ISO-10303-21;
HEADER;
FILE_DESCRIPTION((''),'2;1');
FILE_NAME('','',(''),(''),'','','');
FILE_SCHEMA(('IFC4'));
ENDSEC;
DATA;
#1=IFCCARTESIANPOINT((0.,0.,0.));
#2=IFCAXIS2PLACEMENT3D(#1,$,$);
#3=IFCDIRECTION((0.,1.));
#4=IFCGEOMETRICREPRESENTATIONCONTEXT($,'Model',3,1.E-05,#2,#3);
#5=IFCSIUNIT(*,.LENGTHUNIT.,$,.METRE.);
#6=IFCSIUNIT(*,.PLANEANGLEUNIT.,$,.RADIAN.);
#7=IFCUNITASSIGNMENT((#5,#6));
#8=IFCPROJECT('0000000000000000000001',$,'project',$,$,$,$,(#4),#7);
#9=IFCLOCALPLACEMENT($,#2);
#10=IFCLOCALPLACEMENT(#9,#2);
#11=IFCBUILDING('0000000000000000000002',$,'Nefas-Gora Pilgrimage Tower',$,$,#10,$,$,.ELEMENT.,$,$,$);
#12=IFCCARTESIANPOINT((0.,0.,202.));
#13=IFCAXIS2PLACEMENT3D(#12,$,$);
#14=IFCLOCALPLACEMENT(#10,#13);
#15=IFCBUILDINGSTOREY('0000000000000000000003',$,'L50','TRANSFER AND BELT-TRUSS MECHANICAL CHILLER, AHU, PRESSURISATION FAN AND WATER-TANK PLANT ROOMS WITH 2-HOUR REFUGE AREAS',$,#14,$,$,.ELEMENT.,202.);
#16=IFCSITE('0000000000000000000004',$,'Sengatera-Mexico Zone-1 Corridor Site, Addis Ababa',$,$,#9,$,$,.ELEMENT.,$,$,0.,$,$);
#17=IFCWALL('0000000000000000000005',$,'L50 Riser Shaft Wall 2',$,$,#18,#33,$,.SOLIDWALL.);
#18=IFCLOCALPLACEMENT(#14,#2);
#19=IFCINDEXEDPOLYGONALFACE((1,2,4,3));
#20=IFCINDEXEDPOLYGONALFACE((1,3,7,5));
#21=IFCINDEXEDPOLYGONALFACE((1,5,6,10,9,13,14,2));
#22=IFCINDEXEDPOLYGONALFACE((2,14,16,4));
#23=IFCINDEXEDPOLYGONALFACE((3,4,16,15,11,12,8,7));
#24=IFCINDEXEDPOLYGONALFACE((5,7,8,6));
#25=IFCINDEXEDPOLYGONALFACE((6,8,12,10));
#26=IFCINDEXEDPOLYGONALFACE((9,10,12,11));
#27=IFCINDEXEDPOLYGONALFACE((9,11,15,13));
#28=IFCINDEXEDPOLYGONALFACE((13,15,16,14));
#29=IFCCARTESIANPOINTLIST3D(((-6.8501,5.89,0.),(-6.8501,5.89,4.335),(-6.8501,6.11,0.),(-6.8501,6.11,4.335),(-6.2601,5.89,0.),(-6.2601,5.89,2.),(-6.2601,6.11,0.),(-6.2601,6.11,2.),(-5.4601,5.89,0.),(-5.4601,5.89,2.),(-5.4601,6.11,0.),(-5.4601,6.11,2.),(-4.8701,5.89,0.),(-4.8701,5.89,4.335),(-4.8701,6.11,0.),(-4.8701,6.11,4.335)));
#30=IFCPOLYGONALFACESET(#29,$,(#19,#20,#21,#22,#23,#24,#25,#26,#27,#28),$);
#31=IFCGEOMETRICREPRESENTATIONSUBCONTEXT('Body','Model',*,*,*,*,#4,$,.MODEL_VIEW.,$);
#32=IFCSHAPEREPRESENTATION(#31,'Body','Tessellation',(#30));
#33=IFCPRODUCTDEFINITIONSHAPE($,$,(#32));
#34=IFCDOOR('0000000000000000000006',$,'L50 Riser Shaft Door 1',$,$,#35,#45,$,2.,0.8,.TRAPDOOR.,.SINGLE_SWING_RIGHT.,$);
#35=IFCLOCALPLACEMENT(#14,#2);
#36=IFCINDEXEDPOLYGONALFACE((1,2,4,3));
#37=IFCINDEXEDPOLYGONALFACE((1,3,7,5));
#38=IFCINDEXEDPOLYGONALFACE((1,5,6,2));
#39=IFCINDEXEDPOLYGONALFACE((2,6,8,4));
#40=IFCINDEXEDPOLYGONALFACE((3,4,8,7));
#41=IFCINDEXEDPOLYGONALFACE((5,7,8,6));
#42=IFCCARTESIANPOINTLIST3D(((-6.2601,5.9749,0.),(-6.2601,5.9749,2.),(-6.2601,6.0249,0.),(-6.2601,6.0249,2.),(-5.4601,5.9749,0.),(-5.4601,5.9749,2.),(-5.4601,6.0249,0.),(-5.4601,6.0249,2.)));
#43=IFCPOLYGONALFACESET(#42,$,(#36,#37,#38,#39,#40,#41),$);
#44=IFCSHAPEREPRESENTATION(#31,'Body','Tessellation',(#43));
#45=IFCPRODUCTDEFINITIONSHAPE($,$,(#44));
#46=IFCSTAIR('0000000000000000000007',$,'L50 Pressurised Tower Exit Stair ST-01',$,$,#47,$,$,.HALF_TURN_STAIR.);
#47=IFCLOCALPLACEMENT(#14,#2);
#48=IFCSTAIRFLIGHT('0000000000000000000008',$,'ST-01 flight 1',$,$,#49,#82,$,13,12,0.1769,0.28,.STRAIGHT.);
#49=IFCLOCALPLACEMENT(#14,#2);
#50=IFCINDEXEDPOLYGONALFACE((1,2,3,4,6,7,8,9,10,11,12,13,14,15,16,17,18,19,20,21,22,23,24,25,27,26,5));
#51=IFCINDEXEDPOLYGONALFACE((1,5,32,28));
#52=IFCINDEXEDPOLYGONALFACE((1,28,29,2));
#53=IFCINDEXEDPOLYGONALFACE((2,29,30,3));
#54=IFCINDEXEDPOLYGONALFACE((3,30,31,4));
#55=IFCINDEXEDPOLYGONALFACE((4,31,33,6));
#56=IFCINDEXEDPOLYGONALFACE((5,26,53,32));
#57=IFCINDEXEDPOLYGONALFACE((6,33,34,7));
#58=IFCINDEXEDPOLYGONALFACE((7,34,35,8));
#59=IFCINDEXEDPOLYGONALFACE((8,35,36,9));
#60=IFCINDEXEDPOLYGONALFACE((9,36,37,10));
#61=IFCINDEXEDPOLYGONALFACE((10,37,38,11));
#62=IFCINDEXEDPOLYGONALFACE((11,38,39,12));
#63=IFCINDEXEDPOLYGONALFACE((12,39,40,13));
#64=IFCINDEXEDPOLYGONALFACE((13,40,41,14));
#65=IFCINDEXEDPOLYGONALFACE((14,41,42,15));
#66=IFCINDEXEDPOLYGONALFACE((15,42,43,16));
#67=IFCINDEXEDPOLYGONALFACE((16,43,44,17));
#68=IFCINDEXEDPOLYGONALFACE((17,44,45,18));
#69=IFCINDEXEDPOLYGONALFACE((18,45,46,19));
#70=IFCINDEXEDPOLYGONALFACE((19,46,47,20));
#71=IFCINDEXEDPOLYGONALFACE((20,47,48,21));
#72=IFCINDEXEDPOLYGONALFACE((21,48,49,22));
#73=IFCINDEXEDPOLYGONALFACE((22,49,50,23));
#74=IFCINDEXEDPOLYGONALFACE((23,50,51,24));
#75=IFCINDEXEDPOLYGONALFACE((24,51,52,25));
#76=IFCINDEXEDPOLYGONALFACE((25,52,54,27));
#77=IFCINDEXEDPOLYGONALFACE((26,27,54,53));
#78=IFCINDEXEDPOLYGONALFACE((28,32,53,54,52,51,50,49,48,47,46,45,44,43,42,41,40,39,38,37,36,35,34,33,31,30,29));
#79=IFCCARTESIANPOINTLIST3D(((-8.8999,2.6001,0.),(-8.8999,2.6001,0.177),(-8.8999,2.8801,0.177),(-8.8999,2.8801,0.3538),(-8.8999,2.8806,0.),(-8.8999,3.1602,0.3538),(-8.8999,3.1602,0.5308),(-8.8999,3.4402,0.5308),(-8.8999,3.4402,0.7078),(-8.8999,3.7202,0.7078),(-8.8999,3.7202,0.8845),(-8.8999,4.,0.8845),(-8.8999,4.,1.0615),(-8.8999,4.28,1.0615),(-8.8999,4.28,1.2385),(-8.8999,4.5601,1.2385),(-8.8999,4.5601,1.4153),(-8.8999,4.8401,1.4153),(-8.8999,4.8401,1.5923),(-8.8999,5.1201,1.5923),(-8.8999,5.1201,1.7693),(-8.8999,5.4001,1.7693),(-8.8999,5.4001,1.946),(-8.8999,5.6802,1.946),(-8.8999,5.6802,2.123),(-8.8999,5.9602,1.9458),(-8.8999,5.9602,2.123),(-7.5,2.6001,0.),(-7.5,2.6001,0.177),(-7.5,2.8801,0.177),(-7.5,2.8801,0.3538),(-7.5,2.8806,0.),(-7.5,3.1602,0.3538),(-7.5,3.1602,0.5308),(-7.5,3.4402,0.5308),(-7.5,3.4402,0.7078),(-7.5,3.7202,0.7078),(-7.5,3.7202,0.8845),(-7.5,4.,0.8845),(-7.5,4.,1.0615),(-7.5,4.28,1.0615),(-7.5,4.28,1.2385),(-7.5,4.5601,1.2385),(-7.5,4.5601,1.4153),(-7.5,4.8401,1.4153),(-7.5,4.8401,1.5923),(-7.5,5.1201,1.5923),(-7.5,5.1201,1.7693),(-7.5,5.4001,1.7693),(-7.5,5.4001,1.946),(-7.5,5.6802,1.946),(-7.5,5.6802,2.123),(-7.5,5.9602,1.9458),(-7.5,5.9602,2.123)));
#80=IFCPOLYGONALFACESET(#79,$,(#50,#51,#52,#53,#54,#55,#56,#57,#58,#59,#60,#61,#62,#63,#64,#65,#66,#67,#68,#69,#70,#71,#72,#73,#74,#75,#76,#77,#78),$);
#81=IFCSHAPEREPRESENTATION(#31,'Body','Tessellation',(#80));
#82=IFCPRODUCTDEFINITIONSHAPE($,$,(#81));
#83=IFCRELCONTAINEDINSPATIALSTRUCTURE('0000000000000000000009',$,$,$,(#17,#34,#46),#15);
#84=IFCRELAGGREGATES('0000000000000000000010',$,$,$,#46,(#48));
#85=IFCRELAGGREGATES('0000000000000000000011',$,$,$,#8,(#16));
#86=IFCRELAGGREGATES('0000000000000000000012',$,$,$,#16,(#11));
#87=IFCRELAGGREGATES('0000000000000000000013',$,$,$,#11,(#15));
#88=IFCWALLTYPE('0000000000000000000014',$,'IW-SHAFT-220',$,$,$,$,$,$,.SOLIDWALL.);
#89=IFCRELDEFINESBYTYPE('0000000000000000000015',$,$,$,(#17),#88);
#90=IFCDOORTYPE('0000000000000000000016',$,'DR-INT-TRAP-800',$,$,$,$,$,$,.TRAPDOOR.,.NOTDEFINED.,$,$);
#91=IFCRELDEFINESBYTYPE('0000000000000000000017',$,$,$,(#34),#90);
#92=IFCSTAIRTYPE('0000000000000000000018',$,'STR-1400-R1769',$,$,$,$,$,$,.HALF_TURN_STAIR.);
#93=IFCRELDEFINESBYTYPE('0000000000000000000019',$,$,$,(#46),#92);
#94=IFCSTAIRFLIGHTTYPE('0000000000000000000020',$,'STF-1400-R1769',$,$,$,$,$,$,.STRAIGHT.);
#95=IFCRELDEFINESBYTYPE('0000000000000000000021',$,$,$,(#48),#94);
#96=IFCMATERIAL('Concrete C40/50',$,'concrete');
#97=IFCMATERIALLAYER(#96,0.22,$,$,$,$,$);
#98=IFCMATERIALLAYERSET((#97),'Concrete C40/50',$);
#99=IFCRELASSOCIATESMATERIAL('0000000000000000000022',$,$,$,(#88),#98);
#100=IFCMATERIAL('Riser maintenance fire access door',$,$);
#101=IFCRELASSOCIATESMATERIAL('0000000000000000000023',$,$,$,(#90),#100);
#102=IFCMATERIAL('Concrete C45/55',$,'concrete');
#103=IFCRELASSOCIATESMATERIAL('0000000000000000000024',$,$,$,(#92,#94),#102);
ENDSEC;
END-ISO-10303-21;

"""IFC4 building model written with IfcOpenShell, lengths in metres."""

from ifc_helpers import new_model, si_unit, direction, frame, frame_2d, origin, place, context, subcontext, project, spatial, polyline, rectangle, outline, extrude, source, transform, mapped, material, layer, layer_set, type_object, element, fill, aggregate, save


model = new_model("IFC4")

# Units and contexts
model_context = context("Model", 3, precision=1e-05, world=origin(), true_north=direction((0.0, 1.0)))
body_context = subcontext(model_context, "Body", "Model", "MODEL_VIEW")
ifc_project = project(units=[si_unit("LENGTHUNIT", "METRE"), si_unit("PLANEANGLEUNIT", "RADIAN")], contexts=[model_context])

# Site, building, storey
site_placement = place(None, origin())
site = spatial("IfcSite", under=ifc_project, at=site_placement, Name="Sengatera-Mexico Zone-1 Corridor Site, Addis Ababa", CompositionType="ELEMENT", RefElevation=0.0)
building_placement = place(site_placement, origin())
building = spatial("IfcBuilding", under=site, at=building_placement, Name="Nefas-Gora Pilgrimage Tower", CompositionType="ELEMENT")
storey_placement = place(building_placement, frame((0.0, 0.0, 202.0)))
storey = spatial("IfcBuildingStorey", under=building, at=storey_placement, Name="L50", Description="TRANSFER AND BELT-TRUSS MECHANICAL CHILLER, AHU, PRESSURISATION FAN AND WATER-TANK PLANT ROOMS WITH 2-HOUR REFUGE AREAS", CompositionType="ELEMENT", Elevation=202.0)

# Shared definitions
ifc_material_1 = material(Name="Concrete C45/55", Category="concrete")

# Shared definitions
ifc_material_2 = material(Name="Concrete C40/50", Category="concrete")
ifc_layer_1 = layer(ifc_material_2, 0.22)
ifc_layer_set_1 = layer_set([ifc_layer_1], Name="Concrete C40/50")
wall_type_1 = type_object("IfcWallType", Name="IW-SHAFT-220", PredefinedType="SOLIDWALL", material=ifc_layer_set_1)

# Wall, opening, door
shared_shape_1 = source(origin(), body_context, "Body", "SweptSolid", [
    extrude(rectangle(XDim=1.98, YDim=0.22, at=frame_2d((0.99, 0.0))), origin(), (0.0, 0.0, 1.0), 4.335),
])
wall_1_placement = place(storey_placement, frame((-6.8501, 6.0, 0.0), z_axis=(0.0, 0.0, 1.0), x_axis=(1.0, 0.0, 0.0)))
wall_1 = element("IfcWall", 1, at=wall_1_placement, inside=storey, type_object=wall_type_1, Name="L50 Riser Shaft Wall 2", PredefinedType="SOLIDWALL", context=body_context, shape_type="MappedRepresentation", body=[
    mapped(shared_shape_1, transform((0.0, 0.0, 0.0), x_axis=(1.0, 0.0, 0.0), y_axis=(0.0, 1.0, 0.0), z_axis=(0.0, 0.0, 1.0), scale=1.0)),
])
opening_1_placement = place(wall_1_placement, frame((0.5901, 0.0, 0.0)))
opening_1 = element("IfcOpeningElement", 2, at=opening_1_placement, cuts=wall_1, PredefinedType="OPENING", context=body_context, shape_type="SweptSolid", body=[
    extrude(rectangle(XDim=0.8, YDim=2.0, at=frame_2d((0.3999, 1.0))), frame((0.0, 0.1199, 0.0), z_axis=(0.0, -1.0, 0.0), x_axis=(1.0, 0.0, 0.0)), (0.0, 0.0, 1.0), 0.24),
])
ifc_material_3 = material(Name="Riser maintenance fire access door")
door_type_1 = type_object("IfcDoorType", Name="DR-INT-TRAP-800", OperationType="NOTDEFINED", PredefinedType="TRAPDOOR", material=ifc_material_3)
shared_shape_2 = source(origin(), body_context, "Body", "SweptSolid", [
    extrude(rectangle(XDim=0.8, YDim=2.0, at=frame_2d((0.3999, 1.0))), frame((0.0, 0.0249, 0.0), z_axis=(0.0, -1.0, 0.0), x_axis=(1.0, 0.0, 0.0)), (0.0, 0.0, 1.0), 0.05),
])
door_1_placement = place(opening_1_placement, origin())
door_1 = element("IfcDoor", 3, at=door_1_placement, inside=storey, type_object=door_type_1, Name="L50 Riser Shaft Door 1", OperationType="SINGLE_SWING_RIGHT", OverallHeight=2.0, OverallWidth=0.8, PredefinedType="TRAPDOOR", context=body_context, shape_type="MappedRepresentation", body=[
    mapped(shared_shape_2, transform((0.0, 0.0, 0.0), x_axis=(1.0, 0.0, 0.0), y_axis=(0.0, 1.0, 0.0), z_axis=(0.0, 0.0, 1.0), scale=1.0)),
])
fill(opening_1, door_1)

# Stair, stair flight
stair_type = type_object("IfcStairType", Name="STR-1400-R1769", PredefinedType="HALF_TURN_STAIR", material=ifc_material_1)
stair_placement = place(storey_placement, origin())
stair = element("IfcStair", 4, at=stair_placement, inside=storey, type_object=stair_type, Name="L50 Pressurised Tower Exit Stair ST-01", PredefinedType="HALF_TURN_STAIR")
stair_flight_type = type_object("IfcStairFlightType", Name="STF-1400-R1769", PredefinedType="STRAIGHT", material=ifc_material_1)
shared_shape_3 = source(origin(), body_context, "Body", "SweptSolid", [
    extrude(outline(polyline([(0.0, 0.0), (0.0, 0.177), (0.28, 0.177), (0.28, 0.3538), (0.5601, 0.3538), (0.5601, 0.5308), (0.8401, 0.5308), (0.8401, 0.7078), (1.1201, 0.7078), (1.1201, 0.8845), (1.3999, 0.8845), (1.3999, 1.0615), (1.6799, 1.0615), (1.6799, 1.2385), (1.96, 1.2385), (1.96, 1.4153), (2.24, 1.4153), (2.24, 1.5923), (2.52, 1.5923), (2.52, 1.7693), (2.8, 1.7693), (2.8, 1.946), (3.0801, 1.946), (3.0801, 2.123), (3.3601, 2.123), (3.3601, 2.3), (3.3601, 1.9458), (0.2805, 0.0), (0.0, 0.0)])), frame((0.0, 0.7, 0.0), z_axis=(0.0, -1.0, 0.0), x_axis=(1.0, 0.0, 0.0)), (0.0, 0.0, 1.0), 1.3999),
])
stair_flight_placement = place(storey_placement, frame((-8.2, 2.6001, 0.0), z_axis=(0.0, 0.0, 1.0), x_axis=(0.0, 1.0, 0.0)))
stair_flight = element("IfcStairFlight", 5, at=stair_flight_placement, type_object=stair_flight_type, Name="ST-01 flight 1", NumberOfRisers=13, NumberOfTreads=12, PredefinedType="STRAIGHT", RiserHeight=0.1769, TreadLength=0.28, context=body_context, shape_type="MappedRepresentation", body=[
    mapped(shared_shape_3, transform((0.0, 0.0, 0.0), x_axis=(1.0, 0.0, 0.0), y_axis=(0.0, 1.0, 0.0), z_axis=(0.0, 0.0, 1.0), scale=1.0)),
])
aggregate(stair, [stair_flight])

save(model, "model.ifc")
